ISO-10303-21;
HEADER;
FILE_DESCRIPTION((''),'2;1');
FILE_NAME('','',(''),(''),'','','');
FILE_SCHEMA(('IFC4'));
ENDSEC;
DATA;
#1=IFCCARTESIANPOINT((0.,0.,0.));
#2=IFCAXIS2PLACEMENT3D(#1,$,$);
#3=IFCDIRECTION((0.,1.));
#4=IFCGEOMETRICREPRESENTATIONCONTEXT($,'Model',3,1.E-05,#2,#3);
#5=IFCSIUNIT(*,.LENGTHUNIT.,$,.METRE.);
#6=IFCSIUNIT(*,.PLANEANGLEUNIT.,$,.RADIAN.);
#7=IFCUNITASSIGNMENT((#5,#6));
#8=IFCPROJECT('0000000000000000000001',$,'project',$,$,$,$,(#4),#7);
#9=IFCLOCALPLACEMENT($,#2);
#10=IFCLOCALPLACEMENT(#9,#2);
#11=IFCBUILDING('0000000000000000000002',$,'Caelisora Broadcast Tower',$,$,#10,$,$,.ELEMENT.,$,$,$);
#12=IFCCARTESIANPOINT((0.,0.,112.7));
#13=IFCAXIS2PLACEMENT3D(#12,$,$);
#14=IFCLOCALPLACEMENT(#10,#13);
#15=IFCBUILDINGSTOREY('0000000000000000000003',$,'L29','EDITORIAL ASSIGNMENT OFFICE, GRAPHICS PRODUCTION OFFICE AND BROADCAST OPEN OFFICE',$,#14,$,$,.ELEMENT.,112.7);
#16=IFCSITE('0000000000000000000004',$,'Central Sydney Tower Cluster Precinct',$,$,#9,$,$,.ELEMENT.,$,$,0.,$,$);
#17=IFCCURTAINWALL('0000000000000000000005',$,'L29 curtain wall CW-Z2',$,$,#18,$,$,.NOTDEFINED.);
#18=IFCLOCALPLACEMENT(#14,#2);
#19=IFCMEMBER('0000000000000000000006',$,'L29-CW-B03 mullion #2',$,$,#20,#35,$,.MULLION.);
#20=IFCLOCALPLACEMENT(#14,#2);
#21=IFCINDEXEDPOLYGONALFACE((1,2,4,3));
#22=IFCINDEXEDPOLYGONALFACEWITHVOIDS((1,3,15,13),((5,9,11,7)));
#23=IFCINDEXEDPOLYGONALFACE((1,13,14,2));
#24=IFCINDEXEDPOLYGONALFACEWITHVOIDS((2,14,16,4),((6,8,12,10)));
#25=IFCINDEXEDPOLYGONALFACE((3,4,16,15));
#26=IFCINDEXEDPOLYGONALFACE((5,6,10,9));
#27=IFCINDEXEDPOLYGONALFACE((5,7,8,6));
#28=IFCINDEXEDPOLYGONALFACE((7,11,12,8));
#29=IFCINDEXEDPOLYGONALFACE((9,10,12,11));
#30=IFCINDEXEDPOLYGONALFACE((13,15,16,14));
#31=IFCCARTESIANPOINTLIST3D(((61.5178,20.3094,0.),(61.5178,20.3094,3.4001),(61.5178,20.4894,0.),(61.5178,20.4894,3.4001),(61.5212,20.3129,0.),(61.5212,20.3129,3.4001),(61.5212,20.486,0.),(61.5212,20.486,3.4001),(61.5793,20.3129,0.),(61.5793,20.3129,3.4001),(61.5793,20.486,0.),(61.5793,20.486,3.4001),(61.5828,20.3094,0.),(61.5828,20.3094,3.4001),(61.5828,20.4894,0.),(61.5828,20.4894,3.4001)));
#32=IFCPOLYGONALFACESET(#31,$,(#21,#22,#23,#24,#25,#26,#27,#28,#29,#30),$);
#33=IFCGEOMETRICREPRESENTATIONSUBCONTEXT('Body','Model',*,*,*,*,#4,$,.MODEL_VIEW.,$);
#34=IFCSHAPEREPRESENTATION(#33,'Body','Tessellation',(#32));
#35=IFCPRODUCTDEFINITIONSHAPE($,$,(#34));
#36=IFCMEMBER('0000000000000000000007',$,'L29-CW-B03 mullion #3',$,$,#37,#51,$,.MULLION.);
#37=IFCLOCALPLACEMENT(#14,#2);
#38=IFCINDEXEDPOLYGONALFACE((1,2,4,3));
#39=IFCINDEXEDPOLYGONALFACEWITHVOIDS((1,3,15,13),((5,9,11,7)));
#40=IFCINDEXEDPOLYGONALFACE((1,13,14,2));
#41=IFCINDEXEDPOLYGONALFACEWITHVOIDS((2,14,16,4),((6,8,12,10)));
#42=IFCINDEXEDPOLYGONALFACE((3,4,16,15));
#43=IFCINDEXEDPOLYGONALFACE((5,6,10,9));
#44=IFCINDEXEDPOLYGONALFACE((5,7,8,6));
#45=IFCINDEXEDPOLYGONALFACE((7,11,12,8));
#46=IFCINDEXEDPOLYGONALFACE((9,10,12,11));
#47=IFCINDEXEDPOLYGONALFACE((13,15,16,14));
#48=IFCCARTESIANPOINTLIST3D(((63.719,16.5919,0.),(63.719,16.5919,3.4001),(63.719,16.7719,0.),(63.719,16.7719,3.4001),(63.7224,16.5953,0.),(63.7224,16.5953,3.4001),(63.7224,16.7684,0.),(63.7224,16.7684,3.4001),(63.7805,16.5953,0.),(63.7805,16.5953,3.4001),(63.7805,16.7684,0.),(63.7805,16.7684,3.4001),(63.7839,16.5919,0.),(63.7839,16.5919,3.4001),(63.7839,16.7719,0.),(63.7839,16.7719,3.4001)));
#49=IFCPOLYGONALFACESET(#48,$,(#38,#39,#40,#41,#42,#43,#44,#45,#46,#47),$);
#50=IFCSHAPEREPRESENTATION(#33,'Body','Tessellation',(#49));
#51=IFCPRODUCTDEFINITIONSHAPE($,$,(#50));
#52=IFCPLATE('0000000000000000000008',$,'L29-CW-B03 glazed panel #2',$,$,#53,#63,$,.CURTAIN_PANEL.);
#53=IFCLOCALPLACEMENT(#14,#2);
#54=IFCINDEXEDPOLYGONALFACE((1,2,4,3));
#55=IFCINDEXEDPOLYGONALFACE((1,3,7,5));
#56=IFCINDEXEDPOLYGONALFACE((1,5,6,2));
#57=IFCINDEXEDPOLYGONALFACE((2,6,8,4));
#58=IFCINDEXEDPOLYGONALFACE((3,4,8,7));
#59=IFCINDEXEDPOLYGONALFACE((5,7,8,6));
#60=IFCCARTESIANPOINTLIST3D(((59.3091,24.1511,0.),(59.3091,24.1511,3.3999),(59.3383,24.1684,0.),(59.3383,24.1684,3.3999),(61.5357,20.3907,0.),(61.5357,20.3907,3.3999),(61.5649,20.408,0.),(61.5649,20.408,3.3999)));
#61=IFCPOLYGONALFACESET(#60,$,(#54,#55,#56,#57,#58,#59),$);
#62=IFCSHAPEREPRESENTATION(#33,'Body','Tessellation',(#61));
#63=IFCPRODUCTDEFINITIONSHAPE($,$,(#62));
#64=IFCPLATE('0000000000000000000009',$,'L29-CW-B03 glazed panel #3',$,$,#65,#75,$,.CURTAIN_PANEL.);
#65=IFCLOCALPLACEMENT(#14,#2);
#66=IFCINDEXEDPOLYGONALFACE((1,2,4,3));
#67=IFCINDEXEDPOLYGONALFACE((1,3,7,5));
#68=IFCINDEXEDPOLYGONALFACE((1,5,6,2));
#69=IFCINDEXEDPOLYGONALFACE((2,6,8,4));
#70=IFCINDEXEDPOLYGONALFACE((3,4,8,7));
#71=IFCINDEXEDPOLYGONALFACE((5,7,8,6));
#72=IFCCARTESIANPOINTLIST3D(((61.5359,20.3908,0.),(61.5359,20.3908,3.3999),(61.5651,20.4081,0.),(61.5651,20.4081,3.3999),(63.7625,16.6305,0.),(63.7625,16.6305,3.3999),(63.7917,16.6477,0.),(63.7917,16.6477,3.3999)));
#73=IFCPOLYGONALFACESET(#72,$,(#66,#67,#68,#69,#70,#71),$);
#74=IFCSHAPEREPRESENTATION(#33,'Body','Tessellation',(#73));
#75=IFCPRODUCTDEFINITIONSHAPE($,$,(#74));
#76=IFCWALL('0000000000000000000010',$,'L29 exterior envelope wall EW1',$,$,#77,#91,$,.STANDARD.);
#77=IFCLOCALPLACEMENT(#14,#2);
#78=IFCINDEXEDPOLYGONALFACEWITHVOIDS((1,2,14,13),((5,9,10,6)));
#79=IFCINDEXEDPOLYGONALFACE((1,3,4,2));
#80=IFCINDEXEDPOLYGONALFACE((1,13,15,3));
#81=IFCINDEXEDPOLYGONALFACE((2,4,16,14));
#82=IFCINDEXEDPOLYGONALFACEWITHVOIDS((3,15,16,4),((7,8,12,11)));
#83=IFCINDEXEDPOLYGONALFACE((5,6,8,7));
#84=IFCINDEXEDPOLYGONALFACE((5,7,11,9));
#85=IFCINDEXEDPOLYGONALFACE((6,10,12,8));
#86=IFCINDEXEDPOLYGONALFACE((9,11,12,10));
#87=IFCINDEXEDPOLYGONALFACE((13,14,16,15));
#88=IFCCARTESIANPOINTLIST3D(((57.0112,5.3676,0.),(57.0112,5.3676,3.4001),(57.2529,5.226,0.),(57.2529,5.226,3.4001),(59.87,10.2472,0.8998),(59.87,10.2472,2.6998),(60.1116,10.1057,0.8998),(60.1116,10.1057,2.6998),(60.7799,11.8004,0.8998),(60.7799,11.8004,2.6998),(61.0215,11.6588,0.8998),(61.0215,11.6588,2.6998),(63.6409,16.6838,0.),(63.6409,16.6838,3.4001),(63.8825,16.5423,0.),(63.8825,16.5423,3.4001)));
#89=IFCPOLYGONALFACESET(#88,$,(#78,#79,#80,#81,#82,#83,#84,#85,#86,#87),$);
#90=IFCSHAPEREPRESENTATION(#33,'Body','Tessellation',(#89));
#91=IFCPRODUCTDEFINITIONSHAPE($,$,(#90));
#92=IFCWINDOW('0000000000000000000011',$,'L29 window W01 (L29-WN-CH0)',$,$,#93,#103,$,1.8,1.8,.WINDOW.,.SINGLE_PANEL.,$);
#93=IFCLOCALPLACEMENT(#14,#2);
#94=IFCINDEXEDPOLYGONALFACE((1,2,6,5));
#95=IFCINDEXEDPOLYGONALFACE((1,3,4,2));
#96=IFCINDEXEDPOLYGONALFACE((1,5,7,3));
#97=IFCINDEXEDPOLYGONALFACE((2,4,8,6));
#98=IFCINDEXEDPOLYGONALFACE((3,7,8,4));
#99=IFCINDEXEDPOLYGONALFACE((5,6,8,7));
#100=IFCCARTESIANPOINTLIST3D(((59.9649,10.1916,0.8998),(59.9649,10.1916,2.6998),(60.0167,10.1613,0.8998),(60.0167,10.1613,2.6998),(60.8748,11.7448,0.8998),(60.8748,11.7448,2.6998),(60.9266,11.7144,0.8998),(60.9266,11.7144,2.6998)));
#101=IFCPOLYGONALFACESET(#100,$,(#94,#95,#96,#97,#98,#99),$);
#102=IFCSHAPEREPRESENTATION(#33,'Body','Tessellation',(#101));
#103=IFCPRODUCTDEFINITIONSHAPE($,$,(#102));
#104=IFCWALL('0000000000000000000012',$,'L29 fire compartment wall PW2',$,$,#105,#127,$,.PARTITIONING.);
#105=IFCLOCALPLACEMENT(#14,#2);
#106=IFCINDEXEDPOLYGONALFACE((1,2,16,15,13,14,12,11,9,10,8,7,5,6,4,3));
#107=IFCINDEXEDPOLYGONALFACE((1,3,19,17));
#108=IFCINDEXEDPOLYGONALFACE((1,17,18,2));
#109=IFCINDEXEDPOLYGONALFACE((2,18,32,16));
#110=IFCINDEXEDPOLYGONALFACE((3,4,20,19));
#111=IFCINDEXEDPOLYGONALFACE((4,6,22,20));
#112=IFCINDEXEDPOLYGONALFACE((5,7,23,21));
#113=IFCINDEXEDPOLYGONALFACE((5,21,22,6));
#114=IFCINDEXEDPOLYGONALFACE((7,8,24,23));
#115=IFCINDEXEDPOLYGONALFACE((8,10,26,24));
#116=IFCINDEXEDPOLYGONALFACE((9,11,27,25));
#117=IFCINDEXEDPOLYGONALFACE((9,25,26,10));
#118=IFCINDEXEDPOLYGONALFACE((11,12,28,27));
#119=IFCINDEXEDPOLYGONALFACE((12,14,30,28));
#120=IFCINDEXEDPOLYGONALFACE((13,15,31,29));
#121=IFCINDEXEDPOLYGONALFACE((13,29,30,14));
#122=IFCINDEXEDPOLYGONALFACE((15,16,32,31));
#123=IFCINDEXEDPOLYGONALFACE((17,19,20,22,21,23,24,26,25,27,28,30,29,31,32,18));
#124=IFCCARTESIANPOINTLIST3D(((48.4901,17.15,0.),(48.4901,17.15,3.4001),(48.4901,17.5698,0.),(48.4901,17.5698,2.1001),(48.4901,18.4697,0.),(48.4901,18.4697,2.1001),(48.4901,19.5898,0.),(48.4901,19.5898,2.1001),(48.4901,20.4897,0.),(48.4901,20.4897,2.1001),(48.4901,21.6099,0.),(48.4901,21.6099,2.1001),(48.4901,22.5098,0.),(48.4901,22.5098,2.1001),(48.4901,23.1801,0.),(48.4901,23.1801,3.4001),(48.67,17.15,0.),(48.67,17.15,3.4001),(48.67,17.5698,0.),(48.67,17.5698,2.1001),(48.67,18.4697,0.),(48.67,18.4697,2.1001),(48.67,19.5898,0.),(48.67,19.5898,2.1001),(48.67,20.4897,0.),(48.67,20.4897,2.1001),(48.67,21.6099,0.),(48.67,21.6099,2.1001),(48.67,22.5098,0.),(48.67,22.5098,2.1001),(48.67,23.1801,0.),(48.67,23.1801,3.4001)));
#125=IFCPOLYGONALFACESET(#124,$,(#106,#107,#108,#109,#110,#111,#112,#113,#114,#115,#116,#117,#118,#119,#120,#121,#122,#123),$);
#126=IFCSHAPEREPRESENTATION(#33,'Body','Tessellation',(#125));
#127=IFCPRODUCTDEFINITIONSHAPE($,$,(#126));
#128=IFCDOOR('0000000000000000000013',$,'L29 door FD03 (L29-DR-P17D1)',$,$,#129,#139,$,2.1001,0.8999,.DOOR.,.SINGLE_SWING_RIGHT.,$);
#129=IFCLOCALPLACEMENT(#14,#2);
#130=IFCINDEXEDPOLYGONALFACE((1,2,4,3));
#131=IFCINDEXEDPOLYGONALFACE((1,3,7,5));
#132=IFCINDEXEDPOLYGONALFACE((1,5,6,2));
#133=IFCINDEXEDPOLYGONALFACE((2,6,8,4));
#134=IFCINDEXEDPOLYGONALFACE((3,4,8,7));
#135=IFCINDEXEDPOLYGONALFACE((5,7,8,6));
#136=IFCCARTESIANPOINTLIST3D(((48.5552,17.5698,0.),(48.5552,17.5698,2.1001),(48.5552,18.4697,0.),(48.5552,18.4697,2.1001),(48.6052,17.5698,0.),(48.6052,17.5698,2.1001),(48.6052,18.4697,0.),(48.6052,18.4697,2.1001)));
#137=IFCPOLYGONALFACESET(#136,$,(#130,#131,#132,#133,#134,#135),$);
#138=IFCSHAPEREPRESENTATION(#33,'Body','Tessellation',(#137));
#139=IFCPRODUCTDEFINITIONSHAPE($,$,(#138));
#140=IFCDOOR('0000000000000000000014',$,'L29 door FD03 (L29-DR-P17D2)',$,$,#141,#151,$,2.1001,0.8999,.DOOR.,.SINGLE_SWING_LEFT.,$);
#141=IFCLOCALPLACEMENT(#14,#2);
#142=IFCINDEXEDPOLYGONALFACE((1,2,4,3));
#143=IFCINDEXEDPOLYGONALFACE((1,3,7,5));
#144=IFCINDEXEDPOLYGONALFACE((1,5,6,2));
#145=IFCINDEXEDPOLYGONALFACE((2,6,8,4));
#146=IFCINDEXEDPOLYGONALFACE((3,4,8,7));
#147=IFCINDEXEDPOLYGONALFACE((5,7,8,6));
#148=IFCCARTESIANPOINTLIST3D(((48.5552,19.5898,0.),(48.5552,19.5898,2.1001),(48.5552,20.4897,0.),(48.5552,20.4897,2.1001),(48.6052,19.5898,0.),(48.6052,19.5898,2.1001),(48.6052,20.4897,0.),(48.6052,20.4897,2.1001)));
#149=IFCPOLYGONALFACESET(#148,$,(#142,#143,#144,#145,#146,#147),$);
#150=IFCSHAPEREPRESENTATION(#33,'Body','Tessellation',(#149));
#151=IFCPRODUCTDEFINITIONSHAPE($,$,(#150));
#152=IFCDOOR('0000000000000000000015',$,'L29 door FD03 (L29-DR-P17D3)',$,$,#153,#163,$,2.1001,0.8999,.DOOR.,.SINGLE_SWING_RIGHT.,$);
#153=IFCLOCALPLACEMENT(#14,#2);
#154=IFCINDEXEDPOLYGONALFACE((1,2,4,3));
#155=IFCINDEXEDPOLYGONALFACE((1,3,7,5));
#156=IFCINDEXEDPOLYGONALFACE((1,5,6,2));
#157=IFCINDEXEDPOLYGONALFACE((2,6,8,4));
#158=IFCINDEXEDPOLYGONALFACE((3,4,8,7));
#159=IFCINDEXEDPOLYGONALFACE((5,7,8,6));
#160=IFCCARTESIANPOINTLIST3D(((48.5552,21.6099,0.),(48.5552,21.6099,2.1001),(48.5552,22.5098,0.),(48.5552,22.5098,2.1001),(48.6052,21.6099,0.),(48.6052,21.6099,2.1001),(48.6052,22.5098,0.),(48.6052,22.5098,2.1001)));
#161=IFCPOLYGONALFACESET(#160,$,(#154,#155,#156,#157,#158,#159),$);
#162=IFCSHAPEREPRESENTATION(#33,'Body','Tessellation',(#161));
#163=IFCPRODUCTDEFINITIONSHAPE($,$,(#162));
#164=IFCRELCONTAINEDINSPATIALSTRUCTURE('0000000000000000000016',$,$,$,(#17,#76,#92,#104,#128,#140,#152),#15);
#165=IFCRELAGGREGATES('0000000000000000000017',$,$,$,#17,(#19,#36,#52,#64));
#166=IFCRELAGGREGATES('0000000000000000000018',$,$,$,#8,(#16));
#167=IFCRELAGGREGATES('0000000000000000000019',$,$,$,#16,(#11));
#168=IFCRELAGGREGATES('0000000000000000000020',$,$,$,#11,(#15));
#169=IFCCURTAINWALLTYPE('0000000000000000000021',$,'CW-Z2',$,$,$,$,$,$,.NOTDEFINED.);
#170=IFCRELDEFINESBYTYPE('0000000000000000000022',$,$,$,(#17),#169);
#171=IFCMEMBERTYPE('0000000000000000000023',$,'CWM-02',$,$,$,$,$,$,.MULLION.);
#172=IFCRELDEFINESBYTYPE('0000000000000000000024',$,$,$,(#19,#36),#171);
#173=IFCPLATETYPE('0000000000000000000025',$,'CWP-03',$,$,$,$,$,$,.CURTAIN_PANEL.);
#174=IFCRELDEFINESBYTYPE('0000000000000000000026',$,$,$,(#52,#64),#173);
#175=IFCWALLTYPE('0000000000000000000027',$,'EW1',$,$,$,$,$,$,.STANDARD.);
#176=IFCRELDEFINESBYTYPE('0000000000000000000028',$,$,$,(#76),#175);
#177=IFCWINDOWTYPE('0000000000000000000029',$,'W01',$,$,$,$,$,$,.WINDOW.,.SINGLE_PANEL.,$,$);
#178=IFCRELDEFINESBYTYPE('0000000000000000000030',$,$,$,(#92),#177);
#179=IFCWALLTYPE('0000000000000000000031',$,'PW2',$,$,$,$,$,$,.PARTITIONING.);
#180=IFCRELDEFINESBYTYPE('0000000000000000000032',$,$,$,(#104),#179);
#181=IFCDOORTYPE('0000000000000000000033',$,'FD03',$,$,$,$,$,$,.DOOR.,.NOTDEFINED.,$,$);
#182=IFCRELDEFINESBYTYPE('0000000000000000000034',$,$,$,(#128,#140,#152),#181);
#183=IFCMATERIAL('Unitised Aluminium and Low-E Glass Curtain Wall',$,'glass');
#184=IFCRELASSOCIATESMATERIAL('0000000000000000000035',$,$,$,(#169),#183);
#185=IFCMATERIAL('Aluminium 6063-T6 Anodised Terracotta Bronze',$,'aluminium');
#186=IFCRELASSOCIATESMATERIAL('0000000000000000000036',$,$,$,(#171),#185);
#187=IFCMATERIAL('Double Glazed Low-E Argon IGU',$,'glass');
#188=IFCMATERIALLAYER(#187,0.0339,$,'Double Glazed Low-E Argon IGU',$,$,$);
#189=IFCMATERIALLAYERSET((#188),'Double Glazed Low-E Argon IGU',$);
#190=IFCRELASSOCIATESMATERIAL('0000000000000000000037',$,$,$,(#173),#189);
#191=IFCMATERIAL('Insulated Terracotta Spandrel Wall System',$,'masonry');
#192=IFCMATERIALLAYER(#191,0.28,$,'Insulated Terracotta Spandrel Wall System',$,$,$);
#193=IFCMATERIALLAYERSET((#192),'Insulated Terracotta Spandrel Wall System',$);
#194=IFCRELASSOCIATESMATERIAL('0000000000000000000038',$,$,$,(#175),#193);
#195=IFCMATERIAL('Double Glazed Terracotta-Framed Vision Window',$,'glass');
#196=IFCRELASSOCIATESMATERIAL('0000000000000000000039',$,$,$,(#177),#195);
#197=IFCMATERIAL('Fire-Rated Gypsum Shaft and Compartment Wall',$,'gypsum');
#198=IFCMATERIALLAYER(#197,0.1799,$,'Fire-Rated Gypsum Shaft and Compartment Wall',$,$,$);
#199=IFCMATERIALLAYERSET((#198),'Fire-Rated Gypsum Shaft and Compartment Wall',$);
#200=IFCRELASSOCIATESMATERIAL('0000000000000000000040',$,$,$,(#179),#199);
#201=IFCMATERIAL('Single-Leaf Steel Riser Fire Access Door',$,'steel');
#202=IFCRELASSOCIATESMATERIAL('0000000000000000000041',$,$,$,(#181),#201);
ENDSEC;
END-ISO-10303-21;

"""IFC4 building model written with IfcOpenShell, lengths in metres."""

from ifc_helpers import new_model, si_unit, direction, frame, frame_2d, origin, origin_2d, place, context, subcontext, project, spatial, rectangle, hollow_rectangle, extrude, source, transform, mapped, material, layer, layer_set, material_profile, profile_set, type_object, type_shapes, element, fill, aggregate, save


model = new_model("IFC4")

# Units and contexts
model_context = context("Model", 3, precision=1e-05, world=origin(), true_north=direction((0.0, 1.0)))
body_context = subcontext(model_context, "Body", "Model", "MODEL_VIEW")
ifc_project = project(units=[si_unit("LENGTHUNIT", "METRE"), si_unit("PLANEANGLEUNIT", "RADIAN")], contexts=[model_context])

# Site, building, storey
site_placement = place(None, origin())
site = spatial("IfcSite", under=ifc_project, at=site_placement, Name="Central Sydney Tower Cluster Precinct", CompositionType="ELEMENT", RefElevation=0.0)
building_placement = place(site_placement, origin())
building = spatial("IfcBuilding", under=site, at=building_placement, Name="Caelisora Broadcast Tower", CompositionType="ELEMENT")
storey_placement = place(building_placement, frame((0.0, 0.0, 112.7)))
storey = spatial("IfcBuildingStorey", under=building, at=storey_placement, Name="L29", Description="EDITORIAL ASSIGNMENT OFFICE, GRAPHICS PRODUCTION OFFICE AND BROADCAST OPEN OFFICE", CompositionType="ELEMENT", Elevation=112.7)

# Curtain wall, members, plates
ifc_material_1 = material(Name="Unitised Aluminium and Low-E Glass Curtain Wall", Category="glass")
curtain_wall_type = type_object("IfcCurtainWallType", Name="CW-Z2", PredefinedType="NOTDEFINED", material=ifc_material_1)
curtain_wall_placement = place(storey_placement, origin())
curtain_wall = element("IfcCurtainWall", 1, at=curtain_wall_placement, inside=storey, type_object=curtain_wall_type, Name="L29 curtain wall CW-Z2", PredefinedType="NOTDEFINED")
ifc_material_2 = material(Name="Aluminium 6063-T6 Anodised Terracotta Bronze", Category="aluminium")
ifc_material_profile_1 = material_profile(ifc_material_2, hollow_rectangle(XDim=0.0649, YDim=0.1799, WallThickness=0.0034, at=origin_2d()), Name="Aluminium 6063-T6 Anodised Terracotta Bronze")
ifc_profile_set_1 = profile_set([ifc_material_profile_1], Name="Aluminium 6063-T6 Anodised Terracotta Bronze")
member_type = type_object("IfcMemberType", Name="CWM-02", PredefinedType="MULLION", material=ifc_profile_set_1)
shared_shape_1 = source(origin(), body_context, "Body", "SweptSolid", [
    extrude(hollow_rectangle(XDim=0.0649, YDim=0.1799, WallThickness=0.0034, at=origin_2d()), origin(), (0.0, 0.0, 1.0), 3.4001),
])
type_shapes(member_type, [shared_shape_1])
member_1_placement = place(storey_placement, frame((61.5503, 20.3994, 0.0), z_axis=(0.0, 0.0, 1.0), x_axis=(1.0, 0.0, 0.0)))
member_1 = element("IfcMember", 2, at=member_1_placement, type_object=member_type, Name="L29-CW-B03 mullion #2", PredefinedType="MULLION", context=body_context, shape_type="MappedRepresentation", body=[
    mapped(shared_shape_1, transform((0.0, 0.0, 0.0), scale=1.0)),
])
member_2_placement = place(storey_placement, frame((63.7515, 16.6819, 0.0), z_axis=(0.0, 0.0, 1.0), x_axis=(1.0, 0.0, 0.0)))
member_2 = element("IfcMember", 3, at=member_2_placement, type_object=member_type, Name="L29-CW-B03 mullion #3", PredefinedType="MULLION", context=body_context, shape_type="MappedRepresentation", body=[
    mapped(shared_shape_1, transform((0.0, 0.0, 0.0), scale=1.0)),
])
ifc_material_3 = material(Name="Double Glazed Low-E Argon IGU", Category="glass")
ifc_layer_1 = layer(ifc_material_3, 0.0339, Name="Double Glazed Low-E Argon IGU")
ifc_layer_set_1 = layer_set([ifc_layer_1], Name="Double Glazed Low-E Argon IGU")
plate_type = type_object("IfcPlateType", Name="CWP-03", PredefinedType="CURTAIN_PANEL", material=ifc_layer_set_1)
shared_shape_2 = source(origin(), body_context, "Body", "SweptSolid", [
    extrude(rectangle(XDim=4.3701, YDim=0.0339, at=origin_2d()), origin(), (0.0, 0.0, 1.0), 3.3999),
])
type_shapes(plate_type, [shared_shape_2])
plate_1_placement = place(storey_placement, frame((60.437, 22.2795, 0.0), z_axis=(0.0, 0.0, 1.0), x_axis=(0.509492, -0.860475, 0.0)))
plate_1 = element("IfcPlate", 4, at=plate_1_placement, type_object=plate_type, Name="L29-CW-B03 glazed panel #2", PredefinedType="CURTAIN_PANEL", context=body_context, shape_type="MappedRepresentation", body=[
    mapped(shared_shape_2, transform((0.0, 0.0, 0.0), scale=1.0)),
])
plate_2_placement = place(storey_placement, frame((62.6638, 18.5193, 0.0), z_axis=(0.0, 0.0, 1.0), x_axis=(0.509492, -0.860475, 0.0)))
plate_2 = element("IfcPlate", 5, at=plate_2_placement, type_object=plate_type, Name="L29-CW-B03 glazed panel #3", PredefinedType="CURTAIN_PANEL", context=body_context, shape_type="MappedRepresentation", body=[
    mapped(shared_shape_2, transform((0.0, 0.0, 0.0), scale=1.0)),
])
aggregate(curtain_wall, [member_1, member_2, plate_1, plate_2])

# Wall, opening, window
ifc_material_4 = material(Name="Insulated Terracotta Spandrel Wall System", Category="masonry")
ifc_layer_2 = layer(ifc_material_4, 0.28, Name="Insulated Terracotta Spandrel Wall System")
ifc_layer_set_2 = layer_set([ifc_layer_2], Name="Insulated Terracotta Spandrel Wall System")
wall_type_1 = type_object("IfcWallType", Name="EW1", PredefinedType="STANDARD", material=ifc_layer_set_2)
wall_1_placement = place(storey_placement, frame((63.7617, 16.613, 0.0), z_axis=(0.0, 0.0, 1.0), x_axis=(-0.505494, -0.86283, 0.0)))
wall_1 = element("IfcWall", 6, at=wall_1_placement, inside=storey, type_object=wall_type_1, Name="L29 exterior envelope wall EW1", PredefinedType="STANDARD", context=body_context, shape_type="SweptSolid", body=[
    extrude(rectangle(XDim=13.1152, YDim=0.28, at=frame_2d((6.5576, 0.0))), origin(), (0.0, 0.0, 1.0), 3.4001),
])
opening_1_placement = place(wall_1_placement, frame((5.6599, 0.0, 0.8999)))
opening_1 = element("IfcOpeningElement", 7, at=opening_1_placement, cuts=wall_1, PredefinedType="OPENING", context=body_context, shape_type="SweptSolid", body=[
    extrude(rectangle(XDim=1.8, YDim=1.8, at=frame_2d((0.8999, 0.8999))), frame((0.0, 0.1521, 0.0), z_axis=(0.0, -1.0, 0.0), x_axis=(1.0, 0.0, 0.0)), (0.0, 0.0, 1.0), 0.304),
])
ifc_material_5 = material(Name="Double Glazed Terracotta-Framed Vision Window", Category="glass")
window_type = type_object("IfcWindowType", Name="W01", PartitioningType="SINGLE_PANEL", PredefinedType="WINDOW", material=ifc_material_5)
window_placement = place(opening_1_placement, origin())
window = element("IfcWindow", 8, at=window_placement, inside=storey, type_object=window_type, Name="L29 window W01 (L29-WN-CH0)", OverallHeight=1.8, OverallWidth=1.8, PartitioningType="SINGLE_PANEL", PredefinedType="WINDOW", context=body_context, shape_type="SweptSolid", body=[
    extrude(rectangle(XDim=1.8, YDim=1.8, at=frame_2d((0.8999, 0.8999))), frame((0.0, 0.03, 0.0), z_axis=(0.0, -1.0, 0.0), x_axis=(1.0, 0.0, 0.0)), (0.0, 0.0, 1.0), 0.0601),
])
fill(opening_1, window)

# Wall, openings, doors
ifc_material_6 = material(Name="Fire-Rated Gypsum Shaft and Compartment Wall", Category="gypsum")
ifc_layer_3 = layer(ifc_material_6, 0.1799, Name="Fire-Rated Gypsum Shaft and Compartment Wall")
ifc_layer_set_3 = layer_set([ifc_layer_3], Name="Fire-Rated Gypsum Shaft and Compartment Wall")
wall_type_2 = type_object("IfcWallType", Name="PW2", PredefinedType="PARTITIONING", material=ifc_layer_set_3)
wall_2_placement = place(storey_placement, frame((48.5801, 17.1499, 0.0), z_axis=(0.0, 0.0, 1.0), x_axis=(0.0, 1.0, 0.0)))
wall_2 = element("IfcWall", 9, at=wall_2_placement, inside=storey, type_object=wall_type_2, Name="L29 fire compartment wall PW2", PredefinedType="PARTITIONING", context=body_context, shape_type="SweptSolid", body=[
    extrude(rectangle(XDim=6.03, YDim=0.1799, at=frame_2d((3.0151, 0.0))), origin(), (0.0, 0.0, 1.0), 3.4001),
])
opening_2_placement = place(wall_2_placement, frame((0.4199, 0.0, 0.0)))
opening_2 = element("IfcOpeningElement", 10, at=opening_2_placement, cuts=wall_2, PredefinedType="OPENING", context=body_context, shape_type="SweptSolid", body=[
    extrude(rectangle(XDim=0.8999, YDim=2.1001, at=frame_2d((0.45, 1.05))), frame((0.0, 0.1021, 0.0), z_axis=(0.0, -1.0, 0.0), x_axis=(1.0, 0.0, 0.0)), (0.0, 0.0, 1.0), 0.2039),
])
opening_3_placement = place(wall_2_placement, frame((2.4399, 0.0, 0.0)))
opening_3 = element("IfcOpeningElement", 11, at=opening_3_placement, cuts=wall_2, PredefinedType="OPENING", context=body_context, shape_type="SweptSolid", body=[
    extrude(rectangle(XDim=0.8999, YDim=2.1001, at=frame_2d((0.45, 1.05))), frame((0.0, 0.1021, 0.0), z_axis=(0.0, -1.0, 0.0), x_axis=(1.0, 0.0, 0.0)), (0.0, 0.0, 1.0), 0.2039),
])
opening_4_placement = place(wall_2_placement, frame((4.46, 0.0, 0.0)))
opening_4 = element("IfcOpeningElement", 12, at=opening_4_placement, cuts=wall_2, PredefinedType="OPENING", context=body_context, shape_type="SweptSolid", body=[
    extrude(rectangle(XDim=0.8999, YDim=2.1001, at=frame_2d((0.45, 1.05))), frame((0.0, 0.1021, 0.0), z_axis=(0.0, -1.0, 0.0), x_axis=(1.0, 0.0, 0.0)), (0.0, 0.0, 1.0), 0.2039),
])
ifc_material_7 = material(Name="Single-Leaf Steel Riser Fire Access Door", Category="steel")
door_type_1 = type_object("IfcDoorType", Name="FD03", OperationType="NOTDEFINED", PredefinedType="DOOR", material=ifc_material_7)
door_1_placement = place(opening_2_placement, origin())
door_1 = element("IfcDoor", 13, at=door_1_placement, inside=storey, type_object=door_type_1, Name="L29 door FD03 (L29-DR-P17D1)", OperationType="SINGLE_SWING_RIGHT", OverallHeight=2.1001, OverallWidth=0.8999, PredefinedType="DOOR", context=body_context, shape_type="SweptSolid", body=[
    extrude(rectangle(XDim=0.8999, YDim=2.1001, at=frame_2d((0.45, 1.05))), frame((0.0, 0.0249, 0.0), z_axis=(0.0, -1.0, 0.0), x_axis=(1.0, 0.0, 0.0)), (0.0, 0.0, 1.0), 0.05),
])
fill(opening_2, door_1)
door_2_placement = place(opening_3_placement, origin())
door_2 = element("IfcDoor", 14, at=door_2_placement, inside=storey, type_object=door_type_1, Name="L29 door FD03 (L29-DR-P17D2)", OperationType="SINGLE_SWING_LEFT", OverallHeight=2.1001, OverallWidth=0.8999, PredefinedType="DOOR", context=body_context, shape_type="SweptSolid", body=[
    extrude(rectangle(XDim=0.8999, YDim=2.1001, at=frame_2d((0.45, 1.05))), frame((0.0, 0.0249, 0.0), z_axis=(0.0, -1.0, 0.0), x_axis=(1.0, 0.0, 0.0)), (0.0, 0.0, 1.0), 0.05),
])
fill(opening_3, door_2)
door_3_placement = place(opening_4_placement, origin())
door_3 = element("IfcDoor", 15, at=door_3_placement, inside=storey, type_object=door_type_1, Name="L29 door FD03 (L29-DR-P17D3)", OperationType="SINGLE_SWING_RIGHT", OverallHeight=2.1001, OverallWidth=0.8999, PredefinedType="DOOR", context=body_context, shape_type="SweptSolid", body=[
    extrude(rectangle(XDim=0.8999, YDim=2.1001, at=frame_2d((0.45, 1.05))), frame((0.0, 0.0249, 0.0), z_axis=(0.0, -1.0, 0.0), x_axis=(1.0, 0.0, 0.0)), (0.0, 0.0, 1.0), 0.05),
])
fill(opening_4, door_3)

save(model, "model.ifc")
